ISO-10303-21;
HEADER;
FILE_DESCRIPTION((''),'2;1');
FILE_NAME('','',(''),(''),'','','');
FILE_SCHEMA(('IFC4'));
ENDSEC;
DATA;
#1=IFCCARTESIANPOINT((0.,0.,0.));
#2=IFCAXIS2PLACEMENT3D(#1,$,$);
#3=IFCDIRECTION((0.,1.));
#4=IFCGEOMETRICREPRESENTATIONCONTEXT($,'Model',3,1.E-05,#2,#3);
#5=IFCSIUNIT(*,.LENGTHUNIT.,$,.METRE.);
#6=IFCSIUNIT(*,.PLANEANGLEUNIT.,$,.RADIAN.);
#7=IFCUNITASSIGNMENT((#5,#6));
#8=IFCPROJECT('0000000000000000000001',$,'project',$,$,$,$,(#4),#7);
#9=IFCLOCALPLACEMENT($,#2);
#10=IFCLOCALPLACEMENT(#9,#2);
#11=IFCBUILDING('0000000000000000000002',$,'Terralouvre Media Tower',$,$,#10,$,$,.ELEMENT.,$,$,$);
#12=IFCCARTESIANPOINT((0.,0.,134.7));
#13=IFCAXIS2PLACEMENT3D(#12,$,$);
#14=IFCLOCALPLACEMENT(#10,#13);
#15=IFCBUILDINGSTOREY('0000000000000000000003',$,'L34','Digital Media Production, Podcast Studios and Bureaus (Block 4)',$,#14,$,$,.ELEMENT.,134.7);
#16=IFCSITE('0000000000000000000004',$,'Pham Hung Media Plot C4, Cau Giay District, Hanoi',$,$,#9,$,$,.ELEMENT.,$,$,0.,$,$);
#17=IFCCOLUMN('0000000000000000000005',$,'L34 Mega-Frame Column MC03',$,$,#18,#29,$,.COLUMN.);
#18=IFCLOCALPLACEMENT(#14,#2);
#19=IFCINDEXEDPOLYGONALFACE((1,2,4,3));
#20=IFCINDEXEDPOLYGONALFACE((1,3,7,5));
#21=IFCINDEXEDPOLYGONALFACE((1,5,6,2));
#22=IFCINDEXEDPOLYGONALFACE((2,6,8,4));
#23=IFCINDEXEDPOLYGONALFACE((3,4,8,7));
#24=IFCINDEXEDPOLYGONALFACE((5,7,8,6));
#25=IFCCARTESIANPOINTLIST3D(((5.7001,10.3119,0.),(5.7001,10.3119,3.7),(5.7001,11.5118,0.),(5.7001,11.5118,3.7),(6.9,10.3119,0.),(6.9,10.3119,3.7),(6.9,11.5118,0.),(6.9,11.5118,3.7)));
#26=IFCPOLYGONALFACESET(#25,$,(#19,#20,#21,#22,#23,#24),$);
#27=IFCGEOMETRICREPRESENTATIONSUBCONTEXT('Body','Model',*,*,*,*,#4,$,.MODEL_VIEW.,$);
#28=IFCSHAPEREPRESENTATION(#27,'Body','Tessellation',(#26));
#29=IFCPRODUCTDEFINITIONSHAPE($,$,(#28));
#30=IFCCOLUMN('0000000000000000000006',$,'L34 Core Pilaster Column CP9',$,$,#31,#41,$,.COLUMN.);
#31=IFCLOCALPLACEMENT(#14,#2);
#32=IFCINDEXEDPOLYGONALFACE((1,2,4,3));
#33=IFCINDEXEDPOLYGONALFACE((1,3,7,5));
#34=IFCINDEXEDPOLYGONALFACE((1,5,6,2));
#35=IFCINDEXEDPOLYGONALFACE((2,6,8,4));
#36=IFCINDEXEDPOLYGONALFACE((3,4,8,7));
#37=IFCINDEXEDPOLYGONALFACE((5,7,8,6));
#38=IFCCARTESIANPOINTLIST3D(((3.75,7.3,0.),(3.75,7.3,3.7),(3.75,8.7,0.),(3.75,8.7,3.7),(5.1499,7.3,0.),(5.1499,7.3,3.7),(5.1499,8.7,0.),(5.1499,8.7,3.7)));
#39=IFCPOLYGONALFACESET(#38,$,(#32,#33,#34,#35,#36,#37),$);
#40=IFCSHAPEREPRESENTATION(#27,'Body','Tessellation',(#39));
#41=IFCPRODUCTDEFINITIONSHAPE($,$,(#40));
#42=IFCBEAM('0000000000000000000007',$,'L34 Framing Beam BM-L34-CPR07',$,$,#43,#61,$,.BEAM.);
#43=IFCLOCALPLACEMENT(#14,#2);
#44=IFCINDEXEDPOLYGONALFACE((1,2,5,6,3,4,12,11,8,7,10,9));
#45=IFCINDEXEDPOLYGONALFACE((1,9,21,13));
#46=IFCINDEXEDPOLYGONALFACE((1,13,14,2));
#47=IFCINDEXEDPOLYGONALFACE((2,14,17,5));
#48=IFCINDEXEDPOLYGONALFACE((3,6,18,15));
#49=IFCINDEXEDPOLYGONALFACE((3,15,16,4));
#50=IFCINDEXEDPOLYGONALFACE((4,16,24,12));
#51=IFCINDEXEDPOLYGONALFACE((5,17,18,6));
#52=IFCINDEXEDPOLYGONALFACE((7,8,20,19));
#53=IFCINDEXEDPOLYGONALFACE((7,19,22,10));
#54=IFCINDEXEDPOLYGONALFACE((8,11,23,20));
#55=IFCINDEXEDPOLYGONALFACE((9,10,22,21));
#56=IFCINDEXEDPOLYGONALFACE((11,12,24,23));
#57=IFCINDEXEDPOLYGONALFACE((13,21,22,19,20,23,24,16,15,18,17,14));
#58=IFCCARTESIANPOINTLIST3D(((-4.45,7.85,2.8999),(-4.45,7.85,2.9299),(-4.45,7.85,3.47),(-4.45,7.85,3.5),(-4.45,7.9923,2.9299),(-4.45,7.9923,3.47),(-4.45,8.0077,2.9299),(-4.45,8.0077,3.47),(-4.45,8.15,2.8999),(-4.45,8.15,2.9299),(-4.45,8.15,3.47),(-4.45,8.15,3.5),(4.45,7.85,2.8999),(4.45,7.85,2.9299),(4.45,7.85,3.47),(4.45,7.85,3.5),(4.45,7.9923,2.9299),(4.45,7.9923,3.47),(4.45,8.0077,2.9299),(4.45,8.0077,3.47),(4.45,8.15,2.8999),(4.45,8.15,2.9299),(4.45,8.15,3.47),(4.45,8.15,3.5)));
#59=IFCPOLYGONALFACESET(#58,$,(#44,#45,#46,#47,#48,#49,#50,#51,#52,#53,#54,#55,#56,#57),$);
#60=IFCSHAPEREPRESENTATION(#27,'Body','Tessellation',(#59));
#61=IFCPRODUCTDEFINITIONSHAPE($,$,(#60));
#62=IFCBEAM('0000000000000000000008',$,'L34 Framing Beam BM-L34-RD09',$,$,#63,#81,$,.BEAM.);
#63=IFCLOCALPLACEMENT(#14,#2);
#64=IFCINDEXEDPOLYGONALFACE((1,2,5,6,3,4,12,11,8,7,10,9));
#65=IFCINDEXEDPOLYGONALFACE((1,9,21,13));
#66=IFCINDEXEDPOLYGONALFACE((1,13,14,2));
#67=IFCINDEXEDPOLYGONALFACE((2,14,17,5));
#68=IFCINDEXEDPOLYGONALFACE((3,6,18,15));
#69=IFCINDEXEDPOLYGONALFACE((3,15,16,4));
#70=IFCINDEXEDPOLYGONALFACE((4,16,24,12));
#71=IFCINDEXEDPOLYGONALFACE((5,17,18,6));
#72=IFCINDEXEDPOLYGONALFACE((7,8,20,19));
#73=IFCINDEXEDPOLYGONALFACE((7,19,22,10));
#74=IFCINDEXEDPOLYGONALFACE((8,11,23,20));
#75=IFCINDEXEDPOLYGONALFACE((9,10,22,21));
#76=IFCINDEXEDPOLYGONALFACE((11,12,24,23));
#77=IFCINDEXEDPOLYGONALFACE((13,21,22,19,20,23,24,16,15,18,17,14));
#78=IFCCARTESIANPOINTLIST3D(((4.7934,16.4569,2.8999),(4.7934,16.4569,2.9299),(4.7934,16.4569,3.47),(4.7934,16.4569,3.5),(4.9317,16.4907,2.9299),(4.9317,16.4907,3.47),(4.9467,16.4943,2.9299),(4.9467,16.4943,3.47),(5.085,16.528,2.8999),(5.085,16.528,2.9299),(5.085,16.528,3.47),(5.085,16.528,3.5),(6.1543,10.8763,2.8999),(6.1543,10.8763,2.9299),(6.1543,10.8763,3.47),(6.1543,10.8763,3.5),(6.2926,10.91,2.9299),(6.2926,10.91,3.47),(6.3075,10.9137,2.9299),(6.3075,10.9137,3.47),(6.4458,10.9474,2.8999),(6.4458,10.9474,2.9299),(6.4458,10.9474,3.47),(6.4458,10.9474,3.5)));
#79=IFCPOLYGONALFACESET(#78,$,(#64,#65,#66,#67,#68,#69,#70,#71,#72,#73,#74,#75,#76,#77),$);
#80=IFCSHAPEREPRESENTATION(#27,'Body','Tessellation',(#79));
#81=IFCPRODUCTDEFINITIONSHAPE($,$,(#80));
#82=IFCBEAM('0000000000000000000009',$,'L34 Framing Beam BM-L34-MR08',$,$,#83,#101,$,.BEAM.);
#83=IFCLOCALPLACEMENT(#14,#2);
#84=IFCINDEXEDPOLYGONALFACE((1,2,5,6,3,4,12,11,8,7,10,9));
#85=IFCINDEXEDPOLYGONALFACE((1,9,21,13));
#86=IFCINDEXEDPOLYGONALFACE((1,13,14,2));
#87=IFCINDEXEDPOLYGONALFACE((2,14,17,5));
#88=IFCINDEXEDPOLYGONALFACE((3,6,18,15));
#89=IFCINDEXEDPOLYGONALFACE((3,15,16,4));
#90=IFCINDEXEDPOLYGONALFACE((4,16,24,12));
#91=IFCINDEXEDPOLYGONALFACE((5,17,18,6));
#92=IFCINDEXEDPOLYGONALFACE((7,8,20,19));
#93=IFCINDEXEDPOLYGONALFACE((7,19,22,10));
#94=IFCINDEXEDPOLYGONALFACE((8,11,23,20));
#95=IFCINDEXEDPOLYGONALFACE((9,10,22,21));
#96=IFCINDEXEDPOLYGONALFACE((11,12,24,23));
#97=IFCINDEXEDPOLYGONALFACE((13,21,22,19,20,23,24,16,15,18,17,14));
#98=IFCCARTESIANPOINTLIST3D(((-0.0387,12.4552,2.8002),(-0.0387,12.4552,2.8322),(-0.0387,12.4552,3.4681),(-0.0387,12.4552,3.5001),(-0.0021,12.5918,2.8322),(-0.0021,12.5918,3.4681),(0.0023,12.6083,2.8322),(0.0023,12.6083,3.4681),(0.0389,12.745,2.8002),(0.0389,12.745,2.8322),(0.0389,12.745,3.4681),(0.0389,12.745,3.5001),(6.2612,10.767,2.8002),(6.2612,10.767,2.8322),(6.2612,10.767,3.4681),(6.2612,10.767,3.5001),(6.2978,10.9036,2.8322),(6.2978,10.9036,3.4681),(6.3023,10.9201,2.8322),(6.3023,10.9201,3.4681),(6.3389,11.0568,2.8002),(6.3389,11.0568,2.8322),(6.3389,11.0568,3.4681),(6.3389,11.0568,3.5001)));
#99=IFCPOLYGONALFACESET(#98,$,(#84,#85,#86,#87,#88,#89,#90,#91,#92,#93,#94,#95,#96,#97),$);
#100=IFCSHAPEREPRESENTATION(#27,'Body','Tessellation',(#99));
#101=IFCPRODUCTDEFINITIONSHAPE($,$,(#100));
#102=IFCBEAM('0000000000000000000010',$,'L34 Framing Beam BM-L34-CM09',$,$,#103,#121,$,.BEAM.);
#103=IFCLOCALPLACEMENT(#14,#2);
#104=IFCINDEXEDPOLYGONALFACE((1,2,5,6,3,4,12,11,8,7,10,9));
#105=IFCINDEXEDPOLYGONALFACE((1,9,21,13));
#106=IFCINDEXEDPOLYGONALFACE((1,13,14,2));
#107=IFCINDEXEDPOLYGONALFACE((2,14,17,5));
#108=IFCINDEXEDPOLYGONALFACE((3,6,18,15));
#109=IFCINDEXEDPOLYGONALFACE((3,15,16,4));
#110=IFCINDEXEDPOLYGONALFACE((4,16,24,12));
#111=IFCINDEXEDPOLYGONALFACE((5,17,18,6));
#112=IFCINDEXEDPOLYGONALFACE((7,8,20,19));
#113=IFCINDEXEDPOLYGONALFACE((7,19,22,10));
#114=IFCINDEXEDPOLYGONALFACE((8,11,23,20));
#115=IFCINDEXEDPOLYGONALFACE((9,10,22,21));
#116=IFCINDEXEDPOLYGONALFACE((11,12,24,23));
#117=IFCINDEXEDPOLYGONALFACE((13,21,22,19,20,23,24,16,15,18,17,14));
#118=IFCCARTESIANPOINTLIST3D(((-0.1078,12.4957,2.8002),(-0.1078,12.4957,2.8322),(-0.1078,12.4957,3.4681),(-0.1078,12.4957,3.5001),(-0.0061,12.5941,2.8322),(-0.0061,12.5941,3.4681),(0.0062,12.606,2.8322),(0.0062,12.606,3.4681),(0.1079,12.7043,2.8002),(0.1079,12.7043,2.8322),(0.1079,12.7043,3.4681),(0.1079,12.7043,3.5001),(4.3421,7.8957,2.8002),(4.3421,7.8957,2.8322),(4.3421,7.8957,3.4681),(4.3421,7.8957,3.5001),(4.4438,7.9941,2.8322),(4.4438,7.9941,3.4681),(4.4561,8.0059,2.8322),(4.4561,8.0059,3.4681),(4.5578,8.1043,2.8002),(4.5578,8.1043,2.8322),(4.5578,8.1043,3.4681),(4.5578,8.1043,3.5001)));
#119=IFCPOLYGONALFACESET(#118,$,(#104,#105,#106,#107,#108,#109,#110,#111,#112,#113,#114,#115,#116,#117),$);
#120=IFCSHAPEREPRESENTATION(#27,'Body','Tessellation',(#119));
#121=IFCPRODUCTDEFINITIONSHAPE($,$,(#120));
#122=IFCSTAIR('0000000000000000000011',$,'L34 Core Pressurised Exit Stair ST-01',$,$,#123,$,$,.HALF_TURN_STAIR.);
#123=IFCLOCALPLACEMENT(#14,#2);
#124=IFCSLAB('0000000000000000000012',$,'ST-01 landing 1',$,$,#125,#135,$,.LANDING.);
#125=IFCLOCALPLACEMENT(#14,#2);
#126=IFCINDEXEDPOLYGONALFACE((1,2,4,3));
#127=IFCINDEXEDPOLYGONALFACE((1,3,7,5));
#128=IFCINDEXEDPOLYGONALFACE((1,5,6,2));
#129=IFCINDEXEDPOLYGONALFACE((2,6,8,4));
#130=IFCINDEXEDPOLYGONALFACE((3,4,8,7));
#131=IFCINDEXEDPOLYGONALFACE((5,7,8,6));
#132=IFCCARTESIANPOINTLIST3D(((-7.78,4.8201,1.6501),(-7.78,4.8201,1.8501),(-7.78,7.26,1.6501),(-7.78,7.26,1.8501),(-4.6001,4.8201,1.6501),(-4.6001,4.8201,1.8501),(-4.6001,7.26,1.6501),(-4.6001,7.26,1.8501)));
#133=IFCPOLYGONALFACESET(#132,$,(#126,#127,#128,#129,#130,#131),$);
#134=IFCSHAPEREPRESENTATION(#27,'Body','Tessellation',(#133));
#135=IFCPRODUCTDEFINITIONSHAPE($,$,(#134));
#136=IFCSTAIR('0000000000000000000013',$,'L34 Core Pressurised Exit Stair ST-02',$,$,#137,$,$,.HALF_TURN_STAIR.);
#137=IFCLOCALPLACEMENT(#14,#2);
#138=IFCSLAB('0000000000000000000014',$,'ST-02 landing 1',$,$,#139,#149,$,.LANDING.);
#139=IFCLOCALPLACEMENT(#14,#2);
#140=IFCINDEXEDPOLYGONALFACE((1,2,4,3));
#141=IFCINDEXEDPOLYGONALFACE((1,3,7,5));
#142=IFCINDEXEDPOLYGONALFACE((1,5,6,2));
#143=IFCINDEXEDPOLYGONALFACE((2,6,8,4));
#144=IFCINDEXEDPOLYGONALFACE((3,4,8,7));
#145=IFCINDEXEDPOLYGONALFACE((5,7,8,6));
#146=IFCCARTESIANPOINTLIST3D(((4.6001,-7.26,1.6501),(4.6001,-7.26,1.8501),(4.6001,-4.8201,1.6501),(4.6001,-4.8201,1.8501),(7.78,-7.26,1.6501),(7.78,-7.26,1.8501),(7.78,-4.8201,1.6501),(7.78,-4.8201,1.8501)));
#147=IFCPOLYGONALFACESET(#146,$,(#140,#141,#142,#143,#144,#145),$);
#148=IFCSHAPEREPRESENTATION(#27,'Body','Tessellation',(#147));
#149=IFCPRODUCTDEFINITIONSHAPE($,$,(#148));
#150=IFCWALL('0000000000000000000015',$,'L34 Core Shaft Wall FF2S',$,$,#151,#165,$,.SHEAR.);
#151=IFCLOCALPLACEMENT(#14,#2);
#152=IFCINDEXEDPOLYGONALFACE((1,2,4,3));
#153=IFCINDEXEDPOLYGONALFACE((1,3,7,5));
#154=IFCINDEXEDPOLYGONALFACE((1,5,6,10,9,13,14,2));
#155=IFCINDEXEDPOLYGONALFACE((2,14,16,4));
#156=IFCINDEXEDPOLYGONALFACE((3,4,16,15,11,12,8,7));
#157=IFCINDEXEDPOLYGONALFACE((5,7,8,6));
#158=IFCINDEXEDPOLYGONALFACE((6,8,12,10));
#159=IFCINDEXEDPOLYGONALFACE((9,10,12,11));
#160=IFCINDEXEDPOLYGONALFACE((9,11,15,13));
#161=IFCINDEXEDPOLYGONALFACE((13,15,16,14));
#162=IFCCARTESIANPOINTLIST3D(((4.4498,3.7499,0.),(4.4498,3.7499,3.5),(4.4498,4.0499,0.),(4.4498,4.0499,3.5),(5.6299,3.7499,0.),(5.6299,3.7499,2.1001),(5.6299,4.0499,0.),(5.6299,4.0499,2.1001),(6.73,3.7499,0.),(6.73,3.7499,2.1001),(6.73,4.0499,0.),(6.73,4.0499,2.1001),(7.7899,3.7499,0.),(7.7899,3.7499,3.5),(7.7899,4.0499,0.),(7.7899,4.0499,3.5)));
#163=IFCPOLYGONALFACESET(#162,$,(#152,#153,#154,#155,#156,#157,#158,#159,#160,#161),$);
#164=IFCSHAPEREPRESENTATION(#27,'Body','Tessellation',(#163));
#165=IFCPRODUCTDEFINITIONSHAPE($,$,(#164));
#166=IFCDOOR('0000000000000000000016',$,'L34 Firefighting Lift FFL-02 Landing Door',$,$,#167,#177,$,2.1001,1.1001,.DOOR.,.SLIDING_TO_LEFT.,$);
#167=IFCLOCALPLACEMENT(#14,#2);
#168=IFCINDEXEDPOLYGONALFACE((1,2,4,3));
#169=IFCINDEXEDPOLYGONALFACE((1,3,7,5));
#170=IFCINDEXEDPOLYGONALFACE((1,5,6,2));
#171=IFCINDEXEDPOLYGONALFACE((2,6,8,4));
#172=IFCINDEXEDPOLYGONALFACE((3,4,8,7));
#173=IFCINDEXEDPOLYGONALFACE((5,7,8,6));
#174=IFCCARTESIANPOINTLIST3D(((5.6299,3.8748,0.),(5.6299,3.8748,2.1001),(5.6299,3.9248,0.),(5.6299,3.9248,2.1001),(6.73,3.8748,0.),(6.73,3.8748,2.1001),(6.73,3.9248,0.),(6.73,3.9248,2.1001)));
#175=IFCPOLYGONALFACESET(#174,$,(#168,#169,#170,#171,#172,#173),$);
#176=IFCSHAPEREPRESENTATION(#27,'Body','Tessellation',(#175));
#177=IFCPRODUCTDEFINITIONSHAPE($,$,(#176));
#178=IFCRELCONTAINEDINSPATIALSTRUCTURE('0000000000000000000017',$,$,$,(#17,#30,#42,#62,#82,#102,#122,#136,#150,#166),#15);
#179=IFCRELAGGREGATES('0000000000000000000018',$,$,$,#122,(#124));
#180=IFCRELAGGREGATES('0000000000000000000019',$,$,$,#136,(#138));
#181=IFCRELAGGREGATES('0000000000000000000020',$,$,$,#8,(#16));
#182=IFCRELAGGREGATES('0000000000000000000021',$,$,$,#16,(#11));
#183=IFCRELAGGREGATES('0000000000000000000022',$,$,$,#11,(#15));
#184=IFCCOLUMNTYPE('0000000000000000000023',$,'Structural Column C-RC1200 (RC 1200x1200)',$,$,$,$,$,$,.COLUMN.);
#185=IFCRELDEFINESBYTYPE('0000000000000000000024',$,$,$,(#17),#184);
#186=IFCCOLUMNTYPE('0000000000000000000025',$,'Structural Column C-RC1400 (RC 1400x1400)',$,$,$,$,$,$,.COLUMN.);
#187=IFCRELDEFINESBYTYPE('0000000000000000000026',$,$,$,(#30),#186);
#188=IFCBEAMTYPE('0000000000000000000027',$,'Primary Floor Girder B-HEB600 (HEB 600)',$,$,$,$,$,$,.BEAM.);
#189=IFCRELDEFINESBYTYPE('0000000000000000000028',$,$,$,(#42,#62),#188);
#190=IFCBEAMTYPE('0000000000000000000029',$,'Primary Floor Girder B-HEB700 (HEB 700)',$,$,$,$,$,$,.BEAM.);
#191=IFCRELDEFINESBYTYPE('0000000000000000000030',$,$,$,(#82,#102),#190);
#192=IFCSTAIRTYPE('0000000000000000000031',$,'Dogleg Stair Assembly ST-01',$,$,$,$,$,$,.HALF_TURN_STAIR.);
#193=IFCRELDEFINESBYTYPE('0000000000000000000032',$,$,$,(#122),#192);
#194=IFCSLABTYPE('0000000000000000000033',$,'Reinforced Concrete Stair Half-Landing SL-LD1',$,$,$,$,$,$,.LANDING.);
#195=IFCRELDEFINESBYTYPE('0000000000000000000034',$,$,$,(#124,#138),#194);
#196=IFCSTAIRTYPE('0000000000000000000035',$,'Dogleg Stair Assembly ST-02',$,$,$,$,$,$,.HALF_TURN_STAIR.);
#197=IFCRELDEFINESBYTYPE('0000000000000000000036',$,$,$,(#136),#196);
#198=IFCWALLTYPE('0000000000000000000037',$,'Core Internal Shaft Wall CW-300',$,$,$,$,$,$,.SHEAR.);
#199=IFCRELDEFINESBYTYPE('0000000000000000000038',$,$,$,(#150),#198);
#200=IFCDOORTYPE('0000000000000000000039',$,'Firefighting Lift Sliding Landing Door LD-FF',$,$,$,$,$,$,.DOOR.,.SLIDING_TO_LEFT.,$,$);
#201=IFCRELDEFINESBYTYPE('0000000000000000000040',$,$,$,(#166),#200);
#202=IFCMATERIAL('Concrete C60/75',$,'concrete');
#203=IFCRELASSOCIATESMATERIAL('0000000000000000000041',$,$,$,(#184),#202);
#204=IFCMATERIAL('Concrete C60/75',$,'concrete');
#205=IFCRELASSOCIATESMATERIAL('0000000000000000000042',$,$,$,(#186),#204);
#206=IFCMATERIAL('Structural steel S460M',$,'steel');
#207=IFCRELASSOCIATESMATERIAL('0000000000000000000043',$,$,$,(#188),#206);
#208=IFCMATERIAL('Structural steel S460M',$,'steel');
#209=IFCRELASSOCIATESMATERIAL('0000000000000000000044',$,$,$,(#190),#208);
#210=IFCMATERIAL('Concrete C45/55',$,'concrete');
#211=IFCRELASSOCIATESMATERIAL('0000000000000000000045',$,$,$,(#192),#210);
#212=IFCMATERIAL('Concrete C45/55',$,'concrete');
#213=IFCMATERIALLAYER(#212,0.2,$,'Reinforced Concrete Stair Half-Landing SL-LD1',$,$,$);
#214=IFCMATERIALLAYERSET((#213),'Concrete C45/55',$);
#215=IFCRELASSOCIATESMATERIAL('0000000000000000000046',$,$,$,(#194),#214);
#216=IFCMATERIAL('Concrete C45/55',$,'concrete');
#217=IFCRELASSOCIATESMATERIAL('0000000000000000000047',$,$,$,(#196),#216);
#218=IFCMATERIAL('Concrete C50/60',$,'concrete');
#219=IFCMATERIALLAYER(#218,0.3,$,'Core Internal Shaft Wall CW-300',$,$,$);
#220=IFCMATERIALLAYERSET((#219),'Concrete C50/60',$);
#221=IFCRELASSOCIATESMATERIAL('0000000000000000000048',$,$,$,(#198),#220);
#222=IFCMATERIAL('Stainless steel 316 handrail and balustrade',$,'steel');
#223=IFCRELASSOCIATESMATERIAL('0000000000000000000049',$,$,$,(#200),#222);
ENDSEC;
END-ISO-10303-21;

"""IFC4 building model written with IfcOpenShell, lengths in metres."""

from ifc_helpers import new_model, si_unit, direction, frame, frame_2d, origin, origin_2d, place, context, subcontext, project, spatial, polyline, rectangle, i_section, outline, extrude, material, layer, layer_set, material_profile, profile_set, type_object, element, fill, aggregate, save


model = new_model("IFC4")

# Units and contexts
model_context = context("Model", 3, precision=1e-05, world=origin(), true_north=direction((0.0, 1.0)))
body_context = subcontext(model_context, "Body", "Model", "MODEL_VIEW")
ifc_project = project(units=[si_unit("LENGTHUNIT", "METRE"), si_unit("PLANEANGLEUNIT", "RADIAN")], contexts=[model_context])

# Site, building, storey
site_placement = place(None, origin())
site = spatial("IfcSite", under=ifc_project, at=site_placement, Name="Pham Hung Media Plot C4, Cau Giay District, Hanoi", CompositionType="ELEMENT", RefElevation=0.0)
building_placement = place(site_placement, origin())
building = spatial("IfcBuilding", under=site, at=building_placement, Name="Terralouvre Media Tower", CompositionType="ELEMENT")
storey_placement = place(building_placement, frame((0.0, 0.0, 134.7)))
storey = spatial("IfcBuildingStorey", under=building, at=storey_placement, Name="L34", Description="Digital Media Production, Podcast Studios and Bureaus (Block 4)", CompositionType="ELEMENT", Elevation=134.7)

# Columns
ifc_material_1 = material(Name="Concrete C60/75", Category="concrete")
ifc_material_profile_1 = material_profile(ifc_material_1, rectangle(XDim=1.2, YDim=1.2, at=origin_2d()), Name="RC 1200x1200")
ifc_profile_set_1 = profile_set([ifc_material_profile_1], Name="Concrete C60/75")
column_type_1 = type_object("IfcColumnType", Name="Structural Column C-RC1200 (RC 1200x1200)", PredefinedType="COLUMN", material=ifc_profile_set_1)
column_1_placement = place(storey_placement, frame((6.3, 10.9119, 0.0), z_axis=(0.0, 0.0, 1.0), x_axis=(1.0, 0.0, 0.0)))
element("IfcColumn", 1, at=column_1_placement, inside=storey, type_object=column_type_1, Name="L34 Mega-Frame Column MC03", PredefinedType="COLUMN", context=body_context, shape_type="SweptSolid", body=[
    extrude(rectangle(XDim=1.2, YDim=1.2, at=origin_2d()), origin(), (0.0, 0.0, 1.0), 3.7),
])
ifc_material_2 = material(Name="Concrete C60/75", Category="concrete")
ifc_material_profile_2 = material_profile(ifc_material_2, rectangle(XDim=1.3999, YDim=1.3999, at=origin_2d()), Name="RC 1400x1400")
ifc_profile_set_2 = profile_set([ifc_material_profile_2], Name="Concrete C60/75")
column_type_2 = type_object("IfcColumnType", Name="Structural Column C-RC1400 (RC 1400x1400)", PredefinedType="COLUMN", material=ifc_profile_set_2)
column_2_placement = place(storey_placement, frame((4.45, 8.0, 0.0), z_axis=(0.0, 0.0, 1.0), x_axis=(1.0, 0.0, 0.0)))
element("IfcColumn", 2, at=column_2_placement, inside=storey, type_object=column_type_2, Name="L34 Core Pilaster Column CP9", PredefinedType="COLUMN", context=body_context, shape_type="SweptSolid", body=[
    extrude(rectangle(XDim=1.3999, YDim=1.3999, at=origin_2d()), origin(), (0.0, 0.0, 1.0), 3.7),
])

# Beams
ifc_material_3 = material(Name="Structural steel S460M", Category="steel")
ifc_material_profile_3 = material_profile(ifc_material_3, i_section(OverallWidth=0.3, OverallDepth=0.6001, WebThickness=0.0154, FlangeThickness=0.03, at=origin_2d()), Name="HEB 600")
ifc_profile_set_3 = profile_set([ifc_material_profile_3], Name="Structural steel S460M")
beam_type_1 = type_object("IfcBeamType", Name="Primary Floor Girder B-HEB600 (HEB 600)", PredefinedType="BEAM", material=ifc_profile_set_3)
beam_1_placement = place(storey_placement, frame((4.45, 8.0, 3.2), z_axis=(-1.0, 0.0, 0.0), x_axis=(0.0, -1.0, 0.0)))
element("IfcBeam", 3, at=beam_1_placement, inside=storey, type_object=beam_type_1, Name="L34 Framing Beam BM-L34-CPR07", PredefinedType="BEAM", context=body_context, shape_type="SweptSolid", body=[
    extrude(i_section(OverallWidth=0.3, OverallDepth=0.6001, WebThickness=0.0154, FlangeThickness=0.03, at=origin_2d()), origin(), (0.0, 0.0, 1.0), 8.8999),
])
beam_2_placement = place(storey_placement, frame((6.3, 10.9119, 3.2), z_axis=(-0.236911, 0.971531, 0.0), x_axis=(-0.971531, -0.236911, 0.0)))
element("IfcBeam", 4, at=beam_2_placement, inside=storey, type_object=beam_type_1, Name="L34 Framing Beam BM-L34-RD09", PredefinedType="BEAM", context=body_context, shape_type="SweptSolid", body=[
    extrude(i_section(OverallWidth=0.3, OverallDepth=0.6001, WebThickness=0.0154, FlangeThickness=0.03, at=origin_2d()), origin(), (0.0, 0.0, 1.0), 5.7441),
])
ifc_material_4 = material(Name="Structural steel S460M", Category="steel")
ifc_material_profile_4 = material_profile(ifc_material_4, i_section(OverallWidth=0.3, OverallDepth=0.7, WebThickness=0.0171, FlangeThickness=0.032, at=origin_2d()), Name="HEB 700")
ifc_profile_set_4 = profile_set([ifc_material_profile_4], Name="Structural steel S460M")
beam_type_2 = type_object("IfcBeamType", Name="Primary Floor Girder B-HEB700 (HEB 700)", PredefinedType="BEAM", material=ifc_profile_set_4)
beam_3_placement = place(storey_placement, frame((6.3, 10.9119, 3.1501), z_axis=(-0.96592, 0.258839, 0.0), x_axis=(-0.258839, -0.96592, 0.0)))
element("IfcBeam", 5, at=beam_3_placement, inside=storey, type_object=beam_type_2, Name="L34 Framing Beam BM-L34-MR08", PredefinedType="BEAM", context=body_context, shape_type="SweptSolid", body=[
    extrude(i_section(OverallWidth=0.3, OverallDepth=0.7, WebThickness=0.0171, FlangeThickness=0.032, at=origin_2d()), origin(), (0.0, 0.0, 1.0), 6.5222),
])
beam_4_placement = place(storey_placement, frame((4.45, 8.0, 3.1501), z_axis=(-0.69528, 0.718739, 0.0), x_axis=(-0.718739, -0.69528, 0.0)))
element("IfcBeam", 6, at=beam_4_placement, inside=storey, type_object=beam_type_2, Name="L34 Framing Beam BM-L34-CM09", PredefinedType="BEAM", context=body_context, shape_type="SweptSolid", body=[
    extrude(i_section(OverallWidth=0.3, OverallDepth=0.7, WebThickness=0.0171, FlangeThickness=0.032, at=origin_2d()), origin(), (0.0, 0.0, 1.0), 6.4001),
])

# Stairs, slabs
ifc_material_5 = material(Name="Concrete C45/55", Category="concrete")
stair_type_1 = type_object("IfcStairType", Name="Dogleg Stair Assembly ST-01", PredefinedType="HALF_TURN_STAIR", material=ifc_material_5)
stair_1_placement = place(storey_placement, origin())
stair_1 = element("IfcStair", 7, at=stair_1_placement, inside=storey, type_object=stair_type_1, Name="L34 Core Pressurised Exit Stair ST-01", PredefinedType="HALF_TURN_STAIR")
ifc_material_6 = material(Name="Concrete C45/55", Category="concrete")
ifc_layer_1 = layer(ifc_material_6, 0.2, Name="Reinforced Concrete Stair Half-Landing SL-LD1")
ifc_layer_set_1 = layer_set([ifc_layer_1], Name="Concrete C45/55")
slab_type = type_object("IfcSlabType", Name="Reinforced Concrete Stair Half-Landing SL-LD1", PredefinedType="LANDING", material=ifc_layer_set_1)
slab_1_placement = place(storey_placement, frame((0.0, 0.0, 1.6501)))
slab_1 = element("IfcSlab", 8, at=slab_1_placement, type_object=slab_type, Name="ST-01 landing 1", PredefinedType="LANDING", context=body_context, shape_type="SweptSolid", body=[
    extrude(outline(polyline([(-4.6001, 4.8201), (-4.6001, 7.26), (-7.78, 7.26), (-7.78, 4.8201), (-4.6001, 4.8201)])), origin(), (0.0, 0.0, 1.0), 0.2),
])
aggregate(stair_1, [slab_1])
ifc_material_7 = material(Name="Concrete C45/55", Category="concrete")
stair_type_2 = type_object("IfcStairType", Name="Dogleg Stair Assembly ST-02", PredefinedType="HALF_TURN_STAIR", material=ifc_material_7)
stair_2_placement = place(storey_placement, origin())
stair_2 = element("IfcStair", 9, at=stair_2_placement, inside=storey, type_object=stair_type_2, Name="L34 Core Pressurised Exit Stair ST-02", PredefinedType="HALF_TURN_STAIR")
slab_2_placement = place(storey_placement, frame((0.0, 0.0, 1.6501)))
slab_2 = element("IfcSlab", 10, at=slab_2_placement, type_object=slab_type, Name="ST-02 landing 1", PredefinedType="LANDING", context=body_context, shape_type="SweptSolid", body=[
    extrude(outline(polyline([(4.6001, -4.8201), (4.6001, -7.26), (7.78, -7.26), (7.78, -4.8201), (4.6001, -4.8201)])), origin(), (0.0, 0.0, 1.0), 0.2),
])
aggregate(stair_2, [slab_2])

# Wall, opening, door
ifc_material_8 = material(Name="Concrete C50/60", Category="concrete")
ifc_layer_2 = layer(ifc_material_8, 0.3, Name="Core Internal Shaft Wall CW-300")
ifc_layer_set_2 = layer_set([ifc_layer_2], Name="Concrete C50/60")
wall_type_1 = type_object("IfcWallType", Name="Core Internal Shaft Wall CW-300", PredefinedType="SHEAR", material=ifc_layer_set_2)
wall_1_placement = place(storey_placement, frame((4.45, 3.8999, 0.0), z_axis=(0.0, 0.0, 1.0), x_axis=(1.0, 0.0, 0.0)))
wall_1 = element("IfcWall", 11, at=wall_1_placement, inside=storey, type_object=wall_type_1, Name="L34 Core Shaft Wall FF2S", PredefinedType="SHEAR", context=body_context, shape_type="SweptSolid", body=[
    extrude(rectangle(XDim=3.3401, YDim=0.3, at=frame_2d((1.6699, 0.0))), origin(), (0.0, 0.0, 1.0), 3.5),
])
opening_1_placement = place(wall_1_placement, frame((1.1799, 0.0, 0.0)))
opening_1 = element("IfcOpeningElement", 12, at=opening_1_placement, cuts=wall_1, PredefinedType="OPENING", context=body_context, shape_type="SweptSolid", body=[
    extrude(rectangle(XDim=1.1001, YDim=2.1001, at=frame_2d((0.55, 1.05))), frame((0.0, 0.1599, 0.0), z_axis=(0.0, -1.0, 0.0), x_axis=(1.0, 0.0, 0.0)), (0.0, 0.0, 1.0), 0.3201),
])
ifc_material_9 = material(Name="Stainless steel 316 handrail and balustrade", Category="steel")
door_type_1 = type_object("IfcDoorType", Name="Firefighting Lift Sliding Landing Door LD-FF", OperationType="SLIDING_TO_LEFT", PredefinedType="DOOR", material=ifc_material_9)
door_1_placement = place(opening_1_placement, origin())
door_1 = element("IfcDoor", 13, at=door_1_placement, inside=storey, type_object=door_type_1, Name="L34 Firefighting Lift FFL-02 Landing Door", OperationType="SLIDING_TO_LEFT", OverallHeight=2.1001, OverallWidth=1.1001, PredefinedType="DOOR", context=body_context, shape_type="SweptSolid", body=[
    extrude(rectangle(XDim=1.1001, YDim=2.1001, at=frame_2d((0.55, 1.05))), frame((0.0, 0.0249, 0.0), z_axis=(0.0, -1.0, 0.0), x_axis=(1.0, 0.0, 0.0)), (0.0, 0.0, 1.0), 0.05),
])
fill(opening_1, door_1)

save(model, "model.ifc")
